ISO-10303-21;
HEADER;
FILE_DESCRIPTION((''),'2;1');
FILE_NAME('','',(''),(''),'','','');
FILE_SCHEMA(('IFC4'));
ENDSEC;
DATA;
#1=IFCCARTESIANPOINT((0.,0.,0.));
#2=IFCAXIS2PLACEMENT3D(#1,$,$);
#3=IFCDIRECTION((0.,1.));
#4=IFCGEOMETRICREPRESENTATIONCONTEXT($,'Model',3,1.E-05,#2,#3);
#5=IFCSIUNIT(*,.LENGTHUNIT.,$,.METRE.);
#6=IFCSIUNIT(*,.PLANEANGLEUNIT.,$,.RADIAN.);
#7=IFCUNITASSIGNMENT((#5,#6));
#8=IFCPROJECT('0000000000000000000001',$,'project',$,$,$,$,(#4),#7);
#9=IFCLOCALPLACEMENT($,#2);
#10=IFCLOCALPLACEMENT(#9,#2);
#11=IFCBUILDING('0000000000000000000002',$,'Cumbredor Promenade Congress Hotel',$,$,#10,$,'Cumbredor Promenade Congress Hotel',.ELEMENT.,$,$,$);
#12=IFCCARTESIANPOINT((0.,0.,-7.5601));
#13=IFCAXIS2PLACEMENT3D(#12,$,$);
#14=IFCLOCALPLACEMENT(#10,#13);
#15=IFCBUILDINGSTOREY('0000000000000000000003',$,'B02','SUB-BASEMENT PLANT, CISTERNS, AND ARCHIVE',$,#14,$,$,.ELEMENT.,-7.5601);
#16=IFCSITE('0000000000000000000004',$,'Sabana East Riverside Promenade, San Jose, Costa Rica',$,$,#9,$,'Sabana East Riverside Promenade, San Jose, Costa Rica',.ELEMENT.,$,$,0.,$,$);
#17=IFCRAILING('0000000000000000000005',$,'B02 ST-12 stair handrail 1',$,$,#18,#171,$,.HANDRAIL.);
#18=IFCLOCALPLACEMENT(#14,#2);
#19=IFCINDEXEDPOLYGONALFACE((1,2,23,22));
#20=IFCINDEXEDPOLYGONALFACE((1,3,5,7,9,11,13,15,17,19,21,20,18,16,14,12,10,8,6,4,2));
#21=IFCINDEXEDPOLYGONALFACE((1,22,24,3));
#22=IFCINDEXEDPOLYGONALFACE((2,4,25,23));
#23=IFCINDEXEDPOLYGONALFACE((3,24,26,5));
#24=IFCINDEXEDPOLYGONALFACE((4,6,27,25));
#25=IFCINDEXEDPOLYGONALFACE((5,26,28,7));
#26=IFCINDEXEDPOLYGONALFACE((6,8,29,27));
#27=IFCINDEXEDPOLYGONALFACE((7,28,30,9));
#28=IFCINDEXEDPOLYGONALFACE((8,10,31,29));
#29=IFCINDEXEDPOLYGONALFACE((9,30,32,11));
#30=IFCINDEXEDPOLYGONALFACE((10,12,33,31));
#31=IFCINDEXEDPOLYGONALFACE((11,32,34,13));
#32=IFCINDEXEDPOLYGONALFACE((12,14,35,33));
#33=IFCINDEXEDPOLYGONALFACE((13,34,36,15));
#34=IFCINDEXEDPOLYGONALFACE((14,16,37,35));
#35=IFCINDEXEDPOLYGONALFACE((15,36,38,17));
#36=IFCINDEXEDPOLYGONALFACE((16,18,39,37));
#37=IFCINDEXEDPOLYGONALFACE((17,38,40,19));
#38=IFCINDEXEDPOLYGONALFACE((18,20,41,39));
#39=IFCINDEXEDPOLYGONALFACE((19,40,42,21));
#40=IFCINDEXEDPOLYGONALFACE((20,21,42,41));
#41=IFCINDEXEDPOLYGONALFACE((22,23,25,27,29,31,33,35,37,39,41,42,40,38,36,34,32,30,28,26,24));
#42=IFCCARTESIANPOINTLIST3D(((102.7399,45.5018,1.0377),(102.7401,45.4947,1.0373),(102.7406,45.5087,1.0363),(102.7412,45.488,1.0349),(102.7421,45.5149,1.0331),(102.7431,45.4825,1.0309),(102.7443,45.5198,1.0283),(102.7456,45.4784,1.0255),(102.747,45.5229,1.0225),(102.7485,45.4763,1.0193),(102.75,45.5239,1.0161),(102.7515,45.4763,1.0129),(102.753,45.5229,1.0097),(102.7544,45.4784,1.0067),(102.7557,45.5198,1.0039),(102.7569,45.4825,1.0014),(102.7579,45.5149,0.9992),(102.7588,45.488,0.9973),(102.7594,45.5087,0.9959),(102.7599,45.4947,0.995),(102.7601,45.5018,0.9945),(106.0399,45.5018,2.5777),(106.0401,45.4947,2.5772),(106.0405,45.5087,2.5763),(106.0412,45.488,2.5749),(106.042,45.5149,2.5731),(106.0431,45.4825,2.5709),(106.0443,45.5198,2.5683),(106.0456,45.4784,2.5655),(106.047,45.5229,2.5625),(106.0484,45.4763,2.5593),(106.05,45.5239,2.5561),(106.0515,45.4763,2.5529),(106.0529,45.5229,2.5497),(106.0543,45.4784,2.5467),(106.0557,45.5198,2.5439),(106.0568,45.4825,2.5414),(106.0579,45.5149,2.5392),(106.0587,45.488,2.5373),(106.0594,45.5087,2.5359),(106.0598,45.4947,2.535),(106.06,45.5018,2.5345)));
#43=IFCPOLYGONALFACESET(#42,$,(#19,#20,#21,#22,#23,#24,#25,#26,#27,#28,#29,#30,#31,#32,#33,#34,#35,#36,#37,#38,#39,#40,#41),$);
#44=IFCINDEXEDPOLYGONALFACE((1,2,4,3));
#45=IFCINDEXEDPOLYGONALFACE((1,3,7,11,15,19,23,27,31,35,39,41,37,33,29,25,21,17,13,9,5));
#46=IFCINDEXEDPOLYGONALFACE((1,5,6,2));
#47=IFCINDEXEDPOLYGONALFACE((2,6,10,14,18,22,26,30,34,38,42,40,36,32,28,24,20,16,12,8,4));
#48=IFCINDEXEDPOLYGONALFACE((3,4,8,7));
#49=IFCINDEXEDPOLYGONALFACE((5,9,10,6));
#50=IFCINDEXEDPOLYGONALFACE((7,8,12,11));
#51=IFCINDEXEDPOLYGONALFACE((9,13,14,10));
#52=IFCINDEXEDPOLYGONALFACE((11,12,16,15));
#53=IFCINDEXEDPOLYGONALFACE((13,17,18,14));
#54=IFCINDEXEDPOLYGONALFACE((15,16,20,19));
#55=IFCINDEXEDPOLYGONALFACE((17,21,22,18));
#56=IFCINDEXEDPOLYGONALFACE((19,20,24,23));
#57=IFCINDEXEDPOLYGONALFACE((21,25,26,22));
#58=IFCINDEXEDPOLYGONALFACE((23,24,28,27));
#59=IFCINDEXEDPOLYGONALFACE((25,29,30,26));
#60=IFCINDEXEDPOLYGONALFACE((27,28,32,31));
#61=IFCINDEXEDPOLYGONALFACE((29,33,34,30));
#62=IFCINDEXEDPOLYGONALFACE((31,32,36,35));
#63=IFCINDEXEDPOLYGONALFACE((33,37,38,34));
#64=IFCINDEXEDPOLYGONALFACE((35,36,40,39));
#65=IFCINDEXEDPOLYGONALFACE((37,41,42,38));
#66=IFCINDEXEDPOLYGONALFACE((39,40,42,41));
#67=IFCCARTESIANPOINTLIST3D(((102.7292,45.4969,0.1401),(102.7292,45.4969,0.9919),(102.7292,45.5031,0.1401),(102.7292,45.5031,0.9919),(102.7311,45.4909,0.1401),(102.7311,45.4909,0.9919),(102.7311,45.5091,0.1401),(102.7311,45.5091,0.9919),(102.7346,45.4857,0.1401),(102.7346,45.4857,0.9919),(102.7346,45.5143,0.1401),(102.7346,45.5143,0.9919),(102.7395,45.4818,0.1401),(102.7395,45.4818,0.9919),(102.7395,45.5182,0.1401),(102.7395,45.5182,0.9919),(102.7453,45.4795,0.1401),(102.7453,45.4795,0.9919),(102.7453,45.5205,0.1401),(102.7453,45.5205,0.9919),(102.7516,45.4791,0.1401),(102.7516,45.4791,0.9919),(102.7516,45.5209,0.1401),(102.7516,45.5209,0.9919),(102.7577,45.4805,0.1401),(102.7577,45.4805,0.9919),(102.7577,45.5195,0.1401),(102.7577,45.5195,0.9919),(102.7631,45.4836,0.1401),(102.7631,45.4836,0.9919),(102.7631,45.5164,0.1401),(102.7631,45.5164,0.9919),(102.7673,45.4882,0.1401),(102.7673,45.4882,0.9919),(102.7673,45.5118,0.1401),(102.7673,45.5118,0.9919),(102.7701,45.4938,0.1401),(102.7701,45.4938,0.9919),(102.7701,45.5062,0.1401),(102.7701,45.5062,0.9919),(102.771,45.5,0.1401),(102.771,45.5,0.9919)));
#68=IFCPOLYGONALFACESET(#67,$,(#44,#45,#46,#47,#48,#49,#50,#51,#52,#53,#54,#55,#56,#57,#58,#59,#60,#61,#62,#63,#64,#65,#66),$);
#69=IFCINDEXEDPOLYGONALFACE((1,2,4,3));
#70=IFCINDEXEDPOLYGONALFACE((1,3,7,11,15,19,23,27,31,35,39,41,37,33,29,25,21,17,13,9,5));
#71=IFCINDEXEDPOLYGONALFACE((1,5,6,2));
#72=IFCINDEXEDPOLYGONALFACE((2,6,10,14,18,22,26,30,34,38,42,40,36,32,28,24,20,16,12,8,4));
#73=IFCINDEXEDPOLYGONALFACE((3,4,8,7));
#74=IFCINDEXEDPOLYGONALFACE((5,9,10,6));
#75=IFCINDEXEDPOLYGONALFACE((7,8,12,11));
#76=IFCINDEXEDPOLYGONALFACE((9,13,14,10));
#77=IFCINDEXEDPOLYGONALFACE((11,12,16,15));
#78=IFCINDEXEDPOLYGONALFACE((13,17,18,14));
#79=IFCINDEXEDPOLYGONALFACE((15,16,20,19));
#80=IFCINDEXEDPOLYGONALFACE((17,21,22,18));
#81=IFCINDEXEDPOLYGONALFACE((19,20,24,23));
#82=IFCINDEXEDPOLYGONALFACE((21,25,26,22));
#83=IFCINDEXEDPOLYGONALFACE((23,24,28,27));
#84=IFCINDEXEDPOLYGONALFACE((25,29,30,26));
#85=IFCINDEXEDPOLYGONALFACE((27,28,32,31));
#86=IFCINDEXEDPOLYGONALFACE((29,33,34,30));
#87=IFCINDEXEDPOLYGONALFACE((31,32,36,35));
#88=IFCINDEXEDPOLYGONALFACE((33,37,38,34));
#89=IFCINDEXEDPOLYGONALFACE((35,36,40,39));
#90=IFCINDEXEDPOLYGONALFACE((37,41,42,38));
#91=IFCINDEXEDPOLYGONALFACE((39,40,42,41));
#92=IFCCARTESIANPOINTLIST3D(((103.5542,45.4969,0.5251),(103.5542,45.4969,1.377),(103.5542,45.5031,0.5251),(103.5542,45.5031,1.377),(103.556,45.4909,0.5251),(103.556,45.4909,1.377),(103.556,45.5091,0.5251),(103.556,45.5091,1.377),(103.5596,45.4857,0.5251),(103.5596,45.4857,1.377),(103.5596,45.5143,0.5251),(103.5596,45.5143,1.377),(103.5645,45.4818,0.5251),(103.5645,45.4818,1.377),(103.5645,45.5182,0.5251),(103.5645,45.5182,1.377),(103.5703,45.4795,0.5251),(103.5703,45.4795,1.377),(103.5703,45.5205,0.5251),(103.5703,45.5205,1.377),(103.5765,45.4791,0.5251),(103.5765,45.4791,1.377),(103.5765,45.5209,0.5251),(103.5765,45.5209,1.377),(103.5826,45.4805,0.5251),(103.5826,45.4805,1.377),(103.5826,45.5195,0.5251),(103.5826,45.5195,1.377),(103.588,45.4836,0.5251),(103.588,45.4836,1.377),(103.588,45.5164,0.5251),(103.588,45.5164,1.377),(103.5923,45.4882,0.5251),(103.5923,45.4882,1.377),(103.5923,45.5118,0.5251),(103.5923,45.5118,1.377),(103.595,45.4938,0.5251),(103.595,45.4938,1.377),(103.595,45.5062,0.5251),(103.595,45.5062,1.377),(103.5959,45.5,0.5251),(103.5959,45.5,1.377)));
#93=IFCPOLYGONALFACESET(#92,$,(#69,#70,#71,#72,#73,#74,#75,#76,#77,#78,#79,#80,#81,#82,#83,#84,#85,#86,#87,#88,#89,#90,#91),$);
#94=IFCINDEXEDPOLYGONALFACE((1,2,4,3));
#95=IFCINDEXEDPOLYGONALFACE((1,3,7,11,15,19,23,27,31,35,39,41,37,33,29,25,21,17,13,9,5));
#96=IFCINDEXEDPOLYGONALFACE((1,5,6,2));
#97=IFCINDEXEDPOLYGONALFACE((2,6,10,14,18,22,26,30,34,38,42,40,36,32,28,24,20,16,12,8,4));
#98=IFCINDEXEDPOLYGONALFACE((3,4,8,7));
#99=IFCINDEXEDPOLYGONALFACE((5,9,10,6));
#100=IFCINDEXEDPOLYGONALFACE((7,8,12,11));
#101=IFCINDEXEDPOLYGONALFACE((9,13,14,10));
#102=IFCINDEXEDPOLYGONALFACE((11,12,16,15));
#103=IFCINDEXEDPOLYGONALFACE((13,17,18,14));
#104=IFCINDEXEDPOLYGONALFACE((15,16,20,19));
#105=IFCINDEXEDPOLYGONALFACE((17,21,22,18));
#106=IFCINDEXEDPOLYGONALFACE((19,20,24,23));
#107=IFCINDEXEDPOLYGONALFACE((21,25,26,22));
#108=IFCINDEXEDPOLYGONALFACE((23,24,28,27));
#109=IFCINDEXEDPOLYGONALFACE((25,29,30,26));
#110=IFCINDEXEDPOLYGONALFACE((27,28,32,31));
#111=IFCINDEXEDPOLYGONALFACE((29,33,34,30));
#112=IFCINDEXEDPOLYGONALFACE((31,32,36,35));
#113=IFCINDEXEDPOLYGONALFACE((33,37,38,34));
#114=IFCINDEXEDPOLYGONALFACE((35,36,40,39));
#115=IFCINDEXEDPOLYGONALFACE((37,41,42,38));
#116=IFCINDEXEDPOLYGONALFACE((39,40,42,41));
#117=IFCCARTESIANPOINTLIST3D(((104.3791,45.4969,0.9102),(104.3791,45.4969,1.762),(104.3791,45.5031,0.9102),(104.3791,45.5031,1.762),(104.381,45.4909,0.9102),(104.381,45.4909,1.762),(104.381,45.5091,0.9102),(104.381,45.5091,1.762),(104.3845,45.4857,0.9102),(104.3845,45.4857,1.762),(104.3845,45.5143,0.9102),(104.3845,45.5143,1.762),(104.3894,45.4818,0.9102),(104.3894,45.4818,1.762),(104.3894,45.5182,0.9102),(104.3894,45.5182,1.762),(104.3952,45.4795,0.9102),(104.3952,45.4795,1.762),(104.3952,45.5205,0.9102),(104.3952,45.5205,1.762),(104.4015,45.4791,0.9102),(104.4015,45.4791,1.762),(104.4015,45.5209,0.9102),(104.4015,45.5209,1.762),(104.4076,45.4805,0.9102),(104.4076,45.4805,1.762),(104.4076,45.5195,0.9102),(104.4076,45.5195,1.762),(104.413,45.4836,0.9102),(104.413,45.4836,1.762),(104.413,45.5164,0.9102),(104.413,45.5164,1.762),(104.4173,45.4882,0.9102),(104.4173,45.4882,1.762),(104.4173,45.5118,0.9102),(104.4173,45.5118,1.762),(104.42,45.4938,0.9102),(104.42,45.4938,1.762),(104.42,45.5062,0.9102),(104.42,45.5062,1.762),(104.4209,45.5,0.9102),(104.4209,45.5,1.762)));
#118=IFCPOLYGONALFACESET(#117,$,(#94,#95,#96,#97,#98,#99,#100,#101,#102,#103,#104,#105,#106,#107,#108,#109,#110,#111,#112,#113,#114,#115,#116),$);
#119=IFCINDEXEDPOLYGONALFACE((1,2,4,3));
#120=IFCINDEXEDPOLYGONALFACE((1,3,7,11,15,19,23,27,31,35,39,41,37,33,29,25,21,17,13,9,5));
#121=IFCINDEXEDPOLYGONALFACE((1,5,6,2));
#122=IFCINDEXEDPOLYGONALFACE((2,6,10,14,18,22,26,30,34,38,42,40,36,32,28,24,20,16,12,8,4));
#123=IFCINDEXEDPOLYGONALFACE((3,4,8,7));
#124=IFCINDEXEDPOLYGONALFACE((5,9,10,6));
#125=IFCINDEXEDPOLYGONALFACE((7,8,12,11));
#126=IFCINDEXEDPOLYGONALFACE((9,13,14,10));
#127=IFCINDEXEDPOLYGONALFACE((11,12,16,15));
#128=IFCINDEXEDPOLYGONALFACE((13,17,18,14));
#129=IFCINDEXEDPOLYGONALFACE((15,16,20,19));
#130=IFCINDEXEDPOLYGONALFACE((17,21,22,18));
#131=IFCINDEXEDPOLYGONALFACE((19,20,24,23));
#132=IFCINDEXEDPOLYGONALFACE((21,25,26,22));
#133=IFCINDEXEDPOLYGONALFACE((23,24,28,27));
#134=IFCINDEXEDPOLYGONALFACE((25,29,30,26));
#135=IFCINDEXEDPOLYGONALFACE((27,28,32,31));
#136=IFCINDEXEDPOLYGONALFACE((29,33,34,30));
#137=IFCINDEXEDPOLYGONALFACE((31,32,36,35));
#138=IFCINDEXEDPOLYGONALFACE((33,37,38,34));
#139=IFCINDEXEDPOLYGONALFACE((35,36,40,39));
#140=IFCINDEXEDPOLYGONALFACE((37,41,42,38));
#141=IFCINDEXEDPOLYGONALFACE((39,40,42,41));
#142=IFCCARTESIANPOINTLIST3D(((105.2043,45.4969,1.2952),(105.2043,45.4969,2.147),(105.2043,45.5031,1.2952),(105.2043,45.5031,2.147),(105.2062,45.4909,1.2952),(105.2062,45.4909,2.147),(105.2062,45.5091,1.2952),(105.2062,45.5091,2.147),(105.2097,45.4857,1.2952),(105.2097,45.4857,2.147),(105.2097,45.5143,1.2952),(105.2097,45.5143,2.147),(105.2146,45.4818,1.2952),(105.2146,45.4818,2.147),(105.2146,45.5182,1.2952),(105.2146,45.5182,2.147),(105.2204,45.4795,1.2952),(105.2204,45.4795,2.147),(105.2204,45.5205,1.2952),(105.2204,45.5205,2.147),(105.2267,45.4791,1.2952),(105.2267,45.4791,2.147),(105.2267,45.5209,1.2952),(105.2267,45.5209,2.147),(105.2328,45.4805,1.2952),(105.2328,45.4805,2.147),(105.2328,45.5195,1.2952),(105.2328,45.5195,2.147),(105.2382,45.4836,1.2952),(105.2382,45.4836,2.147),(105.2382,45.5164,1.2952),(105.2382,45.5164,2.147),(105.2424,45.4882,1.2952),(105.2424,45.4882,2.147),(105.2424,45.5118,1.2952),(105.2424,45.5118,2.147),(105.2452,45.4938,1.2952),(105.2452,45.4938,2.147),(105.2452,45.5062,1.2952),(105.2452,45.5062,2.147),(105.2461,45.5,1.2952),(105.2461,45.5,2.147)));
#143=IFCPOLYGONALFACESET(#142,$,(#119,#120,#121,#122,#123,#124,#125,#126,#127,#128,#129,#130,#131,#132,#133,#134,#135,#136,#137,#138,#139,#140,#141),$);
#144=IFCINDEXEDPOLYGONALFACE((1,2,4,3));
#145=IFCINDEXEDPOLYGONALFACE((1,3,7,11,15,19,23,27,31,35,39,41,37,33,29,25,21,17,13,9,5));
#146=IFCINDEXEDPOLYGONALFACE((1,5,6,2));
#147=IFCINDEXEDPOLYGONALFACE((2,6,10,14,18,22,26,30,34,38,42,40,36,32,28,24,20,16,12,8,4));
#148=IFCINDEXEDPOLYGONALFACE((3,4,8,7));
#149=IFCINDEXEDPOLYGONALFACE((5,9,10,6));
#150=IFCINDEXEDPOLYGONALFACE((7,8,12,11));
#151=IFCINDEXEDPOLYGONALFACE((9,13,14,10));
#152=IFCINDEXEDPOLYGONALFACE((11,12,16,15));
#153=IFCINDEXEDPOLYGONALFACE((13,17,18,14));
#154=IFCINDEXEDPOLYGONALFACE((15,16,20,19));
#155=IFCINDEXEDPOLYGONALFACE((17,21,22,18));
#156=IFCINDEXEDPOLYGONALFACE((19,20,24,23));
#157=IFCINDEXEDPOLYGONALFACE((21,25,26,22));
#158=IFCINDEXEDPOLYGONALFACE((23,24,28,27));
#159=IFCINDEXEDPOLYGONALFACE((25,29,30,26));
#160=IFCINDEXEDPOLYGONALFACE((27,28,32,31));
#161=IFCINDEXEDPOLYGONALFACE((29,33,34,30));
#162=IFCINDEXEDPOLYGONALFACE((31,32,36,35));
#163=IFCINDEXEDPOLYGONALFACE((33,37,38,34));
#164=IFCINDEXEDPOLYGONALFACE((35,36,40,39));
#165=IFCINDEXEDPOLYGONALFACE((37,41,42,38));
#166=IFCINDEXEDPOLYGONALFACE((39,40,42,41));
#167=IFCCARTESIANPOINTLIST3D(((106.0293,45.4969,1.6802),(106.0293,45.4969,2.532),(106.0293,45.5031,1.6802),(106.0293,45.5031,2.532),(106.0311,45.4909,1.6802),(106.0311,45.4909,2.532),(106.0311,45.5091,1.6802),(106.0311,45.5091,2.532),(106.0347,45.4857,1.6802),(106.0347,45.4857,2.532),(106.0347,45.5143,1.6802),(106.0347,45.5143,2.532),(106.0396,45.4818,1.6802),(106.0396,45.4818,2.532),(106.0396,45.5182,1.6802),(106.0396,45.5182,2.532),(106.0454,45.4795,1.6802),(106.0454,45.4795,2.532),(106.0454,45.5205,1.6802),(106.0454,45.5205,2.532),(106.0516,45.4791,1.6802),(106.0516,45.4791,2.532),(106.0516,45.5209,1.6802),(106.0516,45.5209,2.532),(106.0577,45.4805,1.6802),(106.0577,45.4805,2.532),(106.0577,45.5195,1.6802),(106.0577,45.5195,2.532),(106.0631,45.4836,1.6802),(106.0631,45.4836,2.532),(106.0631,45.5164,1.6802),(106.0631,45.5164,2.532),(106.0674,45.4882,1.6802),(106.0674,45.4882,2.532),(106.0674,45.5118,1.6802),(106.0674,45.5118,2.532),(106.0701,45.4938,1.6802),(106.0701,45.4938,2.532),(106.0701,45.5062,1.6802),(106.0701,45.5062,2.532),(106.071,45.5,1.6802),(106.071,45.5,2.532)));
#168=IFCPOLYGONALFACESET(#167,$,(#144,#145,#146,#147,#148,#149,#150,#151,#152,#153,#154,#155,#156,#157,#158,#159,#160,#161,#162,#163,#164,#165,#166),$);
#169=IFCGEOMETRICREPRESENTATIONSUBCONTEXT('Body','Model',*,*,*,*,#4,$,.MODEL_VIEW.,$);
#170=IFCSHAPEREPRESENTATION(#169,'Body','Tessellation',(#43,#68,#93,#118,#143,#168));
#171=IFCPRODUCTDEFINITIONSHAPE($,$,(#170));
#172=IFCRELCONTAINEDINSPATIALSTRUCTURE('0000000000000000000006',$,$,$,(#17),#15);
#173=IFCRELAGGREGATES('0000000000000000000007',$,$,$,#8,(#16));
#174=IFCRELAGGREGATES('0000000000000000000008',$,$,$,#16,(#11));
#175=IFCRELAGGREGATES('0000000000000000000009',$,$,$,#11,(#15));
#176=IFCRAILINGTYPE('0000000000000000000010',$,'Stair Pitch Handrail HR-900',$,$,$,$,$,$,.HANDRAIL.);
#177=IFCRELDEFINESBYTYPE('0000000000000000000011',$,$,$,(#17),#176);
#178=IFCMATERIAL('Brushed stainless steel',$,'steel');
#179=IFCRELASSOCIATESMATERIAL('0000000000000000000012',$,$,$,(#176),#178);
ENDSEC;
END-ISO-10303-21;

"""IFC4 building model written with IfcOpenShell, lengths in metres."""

from ifc_helpers import new_model, si_unit, direction, frame, origin, origin_2d, place, context, subcontext, project, spatial, circle, extrude, material, type_object, element, save


model = new_model("IFC4")

# Units and contexts
model_context = context("Model", 3, precision=1e-05, world=origin(), true_north=direction((0.0, 1.0)))
body_context = subcontext(model_context, "Body", "Model", "MODEL_VIEW")
ifc_project = project(units=[si_unit("LENGTHUNIT", "METRE"), si_unit("PLANEANGLEUNIT", "RADIAN")], contexts=[model_context])

# Site, building, storey
site_placement = place(None, origin())
site = spatial("IfcSite", under=ifc_project, at=site_placement, Name="Sabana East Riverside Promenade, San Jose, Costa Rica", LongName="Sabana East Riverside Promenade, San Jose, Costa Rica", CompositionType="ELEMENT", RefElevation=0.0)
building_placement = place(site_placement, origin())
building = spatial("IfcBuilding", under=site, at=building_placement, Name="Cumbredor Promenade Congress Hotel", LongName="Cumbredor Promenade Congress Hotel", CompositionType="ELEMENT")
storey_placement = place(building_placement, frame((0.0, 0.0, -7.5601)))
storey = spatial("IfcBuildingStorey", under=building, at=storey_placement, Name="B02", Description="SUB-BASEMENT PLANT, CISTERNS, AND ARCHIVE", CompositionType="ELEMENT", Elevation=-7.5601)

# Railing
ifc_material_1 = material(Name="Brushed stainless steel", Category="steel")
railing_type_1 = type_object("IfcRailingType", Name="Stair Pitch Handrail HR-900", PredefinedType="HANDRAIL", material=ifc_material_1)
railing_1_placement = place(storey_placement, frame((102.75, 45.5, 0.1401)))
element("IfcRailing", 1, at=railing_1_placement, inside=storey, type_object=railing_type_1, Name="B02 ST-12 stair handrail 1", PredefinedType="HANDRAIL", context=body_context, shape_type="SweptSolid", body=[
    extrude(circle(Radius=0.0239, at=origin_2d()), frame((0.0, 0.0, 0.876), z_axis=(0.906181, 0.0, 0.422889), x_axis=(0.0, 1.0, 0.0)), (0.0, 0.0, 1.0), 3.6416),
    extrude(circle(Radius=0.021, at=origin_2d()), origin(), (0.0, 0.0, 1.0), 0.8518),
    extrude(circle(Radius=0.021, at=origin_2d()), frame((0.825, 0.0, 0.385)), (0.0, 0.0, 1.0), 0.8518),
    extrude(circle(Radius=0.021, at=origin_2d()), frame((1.6499, 0.0, 0.77)), (0.0, 0.0, 1.0), 0.8518),
    extrude(circle(Radius=0.021, at=origin_2d()), frame((2.4751, 0.0, 1.155)), (0.0, 0.0, 1.0), 0.8518),
    extrude(circle(Radius=0.021, at=origin_2d()), frame((3.3, 0.0, 1.54)), (0.0, 0.0, 1.0), 0.8518),
])

save(model, "model.ifc")
